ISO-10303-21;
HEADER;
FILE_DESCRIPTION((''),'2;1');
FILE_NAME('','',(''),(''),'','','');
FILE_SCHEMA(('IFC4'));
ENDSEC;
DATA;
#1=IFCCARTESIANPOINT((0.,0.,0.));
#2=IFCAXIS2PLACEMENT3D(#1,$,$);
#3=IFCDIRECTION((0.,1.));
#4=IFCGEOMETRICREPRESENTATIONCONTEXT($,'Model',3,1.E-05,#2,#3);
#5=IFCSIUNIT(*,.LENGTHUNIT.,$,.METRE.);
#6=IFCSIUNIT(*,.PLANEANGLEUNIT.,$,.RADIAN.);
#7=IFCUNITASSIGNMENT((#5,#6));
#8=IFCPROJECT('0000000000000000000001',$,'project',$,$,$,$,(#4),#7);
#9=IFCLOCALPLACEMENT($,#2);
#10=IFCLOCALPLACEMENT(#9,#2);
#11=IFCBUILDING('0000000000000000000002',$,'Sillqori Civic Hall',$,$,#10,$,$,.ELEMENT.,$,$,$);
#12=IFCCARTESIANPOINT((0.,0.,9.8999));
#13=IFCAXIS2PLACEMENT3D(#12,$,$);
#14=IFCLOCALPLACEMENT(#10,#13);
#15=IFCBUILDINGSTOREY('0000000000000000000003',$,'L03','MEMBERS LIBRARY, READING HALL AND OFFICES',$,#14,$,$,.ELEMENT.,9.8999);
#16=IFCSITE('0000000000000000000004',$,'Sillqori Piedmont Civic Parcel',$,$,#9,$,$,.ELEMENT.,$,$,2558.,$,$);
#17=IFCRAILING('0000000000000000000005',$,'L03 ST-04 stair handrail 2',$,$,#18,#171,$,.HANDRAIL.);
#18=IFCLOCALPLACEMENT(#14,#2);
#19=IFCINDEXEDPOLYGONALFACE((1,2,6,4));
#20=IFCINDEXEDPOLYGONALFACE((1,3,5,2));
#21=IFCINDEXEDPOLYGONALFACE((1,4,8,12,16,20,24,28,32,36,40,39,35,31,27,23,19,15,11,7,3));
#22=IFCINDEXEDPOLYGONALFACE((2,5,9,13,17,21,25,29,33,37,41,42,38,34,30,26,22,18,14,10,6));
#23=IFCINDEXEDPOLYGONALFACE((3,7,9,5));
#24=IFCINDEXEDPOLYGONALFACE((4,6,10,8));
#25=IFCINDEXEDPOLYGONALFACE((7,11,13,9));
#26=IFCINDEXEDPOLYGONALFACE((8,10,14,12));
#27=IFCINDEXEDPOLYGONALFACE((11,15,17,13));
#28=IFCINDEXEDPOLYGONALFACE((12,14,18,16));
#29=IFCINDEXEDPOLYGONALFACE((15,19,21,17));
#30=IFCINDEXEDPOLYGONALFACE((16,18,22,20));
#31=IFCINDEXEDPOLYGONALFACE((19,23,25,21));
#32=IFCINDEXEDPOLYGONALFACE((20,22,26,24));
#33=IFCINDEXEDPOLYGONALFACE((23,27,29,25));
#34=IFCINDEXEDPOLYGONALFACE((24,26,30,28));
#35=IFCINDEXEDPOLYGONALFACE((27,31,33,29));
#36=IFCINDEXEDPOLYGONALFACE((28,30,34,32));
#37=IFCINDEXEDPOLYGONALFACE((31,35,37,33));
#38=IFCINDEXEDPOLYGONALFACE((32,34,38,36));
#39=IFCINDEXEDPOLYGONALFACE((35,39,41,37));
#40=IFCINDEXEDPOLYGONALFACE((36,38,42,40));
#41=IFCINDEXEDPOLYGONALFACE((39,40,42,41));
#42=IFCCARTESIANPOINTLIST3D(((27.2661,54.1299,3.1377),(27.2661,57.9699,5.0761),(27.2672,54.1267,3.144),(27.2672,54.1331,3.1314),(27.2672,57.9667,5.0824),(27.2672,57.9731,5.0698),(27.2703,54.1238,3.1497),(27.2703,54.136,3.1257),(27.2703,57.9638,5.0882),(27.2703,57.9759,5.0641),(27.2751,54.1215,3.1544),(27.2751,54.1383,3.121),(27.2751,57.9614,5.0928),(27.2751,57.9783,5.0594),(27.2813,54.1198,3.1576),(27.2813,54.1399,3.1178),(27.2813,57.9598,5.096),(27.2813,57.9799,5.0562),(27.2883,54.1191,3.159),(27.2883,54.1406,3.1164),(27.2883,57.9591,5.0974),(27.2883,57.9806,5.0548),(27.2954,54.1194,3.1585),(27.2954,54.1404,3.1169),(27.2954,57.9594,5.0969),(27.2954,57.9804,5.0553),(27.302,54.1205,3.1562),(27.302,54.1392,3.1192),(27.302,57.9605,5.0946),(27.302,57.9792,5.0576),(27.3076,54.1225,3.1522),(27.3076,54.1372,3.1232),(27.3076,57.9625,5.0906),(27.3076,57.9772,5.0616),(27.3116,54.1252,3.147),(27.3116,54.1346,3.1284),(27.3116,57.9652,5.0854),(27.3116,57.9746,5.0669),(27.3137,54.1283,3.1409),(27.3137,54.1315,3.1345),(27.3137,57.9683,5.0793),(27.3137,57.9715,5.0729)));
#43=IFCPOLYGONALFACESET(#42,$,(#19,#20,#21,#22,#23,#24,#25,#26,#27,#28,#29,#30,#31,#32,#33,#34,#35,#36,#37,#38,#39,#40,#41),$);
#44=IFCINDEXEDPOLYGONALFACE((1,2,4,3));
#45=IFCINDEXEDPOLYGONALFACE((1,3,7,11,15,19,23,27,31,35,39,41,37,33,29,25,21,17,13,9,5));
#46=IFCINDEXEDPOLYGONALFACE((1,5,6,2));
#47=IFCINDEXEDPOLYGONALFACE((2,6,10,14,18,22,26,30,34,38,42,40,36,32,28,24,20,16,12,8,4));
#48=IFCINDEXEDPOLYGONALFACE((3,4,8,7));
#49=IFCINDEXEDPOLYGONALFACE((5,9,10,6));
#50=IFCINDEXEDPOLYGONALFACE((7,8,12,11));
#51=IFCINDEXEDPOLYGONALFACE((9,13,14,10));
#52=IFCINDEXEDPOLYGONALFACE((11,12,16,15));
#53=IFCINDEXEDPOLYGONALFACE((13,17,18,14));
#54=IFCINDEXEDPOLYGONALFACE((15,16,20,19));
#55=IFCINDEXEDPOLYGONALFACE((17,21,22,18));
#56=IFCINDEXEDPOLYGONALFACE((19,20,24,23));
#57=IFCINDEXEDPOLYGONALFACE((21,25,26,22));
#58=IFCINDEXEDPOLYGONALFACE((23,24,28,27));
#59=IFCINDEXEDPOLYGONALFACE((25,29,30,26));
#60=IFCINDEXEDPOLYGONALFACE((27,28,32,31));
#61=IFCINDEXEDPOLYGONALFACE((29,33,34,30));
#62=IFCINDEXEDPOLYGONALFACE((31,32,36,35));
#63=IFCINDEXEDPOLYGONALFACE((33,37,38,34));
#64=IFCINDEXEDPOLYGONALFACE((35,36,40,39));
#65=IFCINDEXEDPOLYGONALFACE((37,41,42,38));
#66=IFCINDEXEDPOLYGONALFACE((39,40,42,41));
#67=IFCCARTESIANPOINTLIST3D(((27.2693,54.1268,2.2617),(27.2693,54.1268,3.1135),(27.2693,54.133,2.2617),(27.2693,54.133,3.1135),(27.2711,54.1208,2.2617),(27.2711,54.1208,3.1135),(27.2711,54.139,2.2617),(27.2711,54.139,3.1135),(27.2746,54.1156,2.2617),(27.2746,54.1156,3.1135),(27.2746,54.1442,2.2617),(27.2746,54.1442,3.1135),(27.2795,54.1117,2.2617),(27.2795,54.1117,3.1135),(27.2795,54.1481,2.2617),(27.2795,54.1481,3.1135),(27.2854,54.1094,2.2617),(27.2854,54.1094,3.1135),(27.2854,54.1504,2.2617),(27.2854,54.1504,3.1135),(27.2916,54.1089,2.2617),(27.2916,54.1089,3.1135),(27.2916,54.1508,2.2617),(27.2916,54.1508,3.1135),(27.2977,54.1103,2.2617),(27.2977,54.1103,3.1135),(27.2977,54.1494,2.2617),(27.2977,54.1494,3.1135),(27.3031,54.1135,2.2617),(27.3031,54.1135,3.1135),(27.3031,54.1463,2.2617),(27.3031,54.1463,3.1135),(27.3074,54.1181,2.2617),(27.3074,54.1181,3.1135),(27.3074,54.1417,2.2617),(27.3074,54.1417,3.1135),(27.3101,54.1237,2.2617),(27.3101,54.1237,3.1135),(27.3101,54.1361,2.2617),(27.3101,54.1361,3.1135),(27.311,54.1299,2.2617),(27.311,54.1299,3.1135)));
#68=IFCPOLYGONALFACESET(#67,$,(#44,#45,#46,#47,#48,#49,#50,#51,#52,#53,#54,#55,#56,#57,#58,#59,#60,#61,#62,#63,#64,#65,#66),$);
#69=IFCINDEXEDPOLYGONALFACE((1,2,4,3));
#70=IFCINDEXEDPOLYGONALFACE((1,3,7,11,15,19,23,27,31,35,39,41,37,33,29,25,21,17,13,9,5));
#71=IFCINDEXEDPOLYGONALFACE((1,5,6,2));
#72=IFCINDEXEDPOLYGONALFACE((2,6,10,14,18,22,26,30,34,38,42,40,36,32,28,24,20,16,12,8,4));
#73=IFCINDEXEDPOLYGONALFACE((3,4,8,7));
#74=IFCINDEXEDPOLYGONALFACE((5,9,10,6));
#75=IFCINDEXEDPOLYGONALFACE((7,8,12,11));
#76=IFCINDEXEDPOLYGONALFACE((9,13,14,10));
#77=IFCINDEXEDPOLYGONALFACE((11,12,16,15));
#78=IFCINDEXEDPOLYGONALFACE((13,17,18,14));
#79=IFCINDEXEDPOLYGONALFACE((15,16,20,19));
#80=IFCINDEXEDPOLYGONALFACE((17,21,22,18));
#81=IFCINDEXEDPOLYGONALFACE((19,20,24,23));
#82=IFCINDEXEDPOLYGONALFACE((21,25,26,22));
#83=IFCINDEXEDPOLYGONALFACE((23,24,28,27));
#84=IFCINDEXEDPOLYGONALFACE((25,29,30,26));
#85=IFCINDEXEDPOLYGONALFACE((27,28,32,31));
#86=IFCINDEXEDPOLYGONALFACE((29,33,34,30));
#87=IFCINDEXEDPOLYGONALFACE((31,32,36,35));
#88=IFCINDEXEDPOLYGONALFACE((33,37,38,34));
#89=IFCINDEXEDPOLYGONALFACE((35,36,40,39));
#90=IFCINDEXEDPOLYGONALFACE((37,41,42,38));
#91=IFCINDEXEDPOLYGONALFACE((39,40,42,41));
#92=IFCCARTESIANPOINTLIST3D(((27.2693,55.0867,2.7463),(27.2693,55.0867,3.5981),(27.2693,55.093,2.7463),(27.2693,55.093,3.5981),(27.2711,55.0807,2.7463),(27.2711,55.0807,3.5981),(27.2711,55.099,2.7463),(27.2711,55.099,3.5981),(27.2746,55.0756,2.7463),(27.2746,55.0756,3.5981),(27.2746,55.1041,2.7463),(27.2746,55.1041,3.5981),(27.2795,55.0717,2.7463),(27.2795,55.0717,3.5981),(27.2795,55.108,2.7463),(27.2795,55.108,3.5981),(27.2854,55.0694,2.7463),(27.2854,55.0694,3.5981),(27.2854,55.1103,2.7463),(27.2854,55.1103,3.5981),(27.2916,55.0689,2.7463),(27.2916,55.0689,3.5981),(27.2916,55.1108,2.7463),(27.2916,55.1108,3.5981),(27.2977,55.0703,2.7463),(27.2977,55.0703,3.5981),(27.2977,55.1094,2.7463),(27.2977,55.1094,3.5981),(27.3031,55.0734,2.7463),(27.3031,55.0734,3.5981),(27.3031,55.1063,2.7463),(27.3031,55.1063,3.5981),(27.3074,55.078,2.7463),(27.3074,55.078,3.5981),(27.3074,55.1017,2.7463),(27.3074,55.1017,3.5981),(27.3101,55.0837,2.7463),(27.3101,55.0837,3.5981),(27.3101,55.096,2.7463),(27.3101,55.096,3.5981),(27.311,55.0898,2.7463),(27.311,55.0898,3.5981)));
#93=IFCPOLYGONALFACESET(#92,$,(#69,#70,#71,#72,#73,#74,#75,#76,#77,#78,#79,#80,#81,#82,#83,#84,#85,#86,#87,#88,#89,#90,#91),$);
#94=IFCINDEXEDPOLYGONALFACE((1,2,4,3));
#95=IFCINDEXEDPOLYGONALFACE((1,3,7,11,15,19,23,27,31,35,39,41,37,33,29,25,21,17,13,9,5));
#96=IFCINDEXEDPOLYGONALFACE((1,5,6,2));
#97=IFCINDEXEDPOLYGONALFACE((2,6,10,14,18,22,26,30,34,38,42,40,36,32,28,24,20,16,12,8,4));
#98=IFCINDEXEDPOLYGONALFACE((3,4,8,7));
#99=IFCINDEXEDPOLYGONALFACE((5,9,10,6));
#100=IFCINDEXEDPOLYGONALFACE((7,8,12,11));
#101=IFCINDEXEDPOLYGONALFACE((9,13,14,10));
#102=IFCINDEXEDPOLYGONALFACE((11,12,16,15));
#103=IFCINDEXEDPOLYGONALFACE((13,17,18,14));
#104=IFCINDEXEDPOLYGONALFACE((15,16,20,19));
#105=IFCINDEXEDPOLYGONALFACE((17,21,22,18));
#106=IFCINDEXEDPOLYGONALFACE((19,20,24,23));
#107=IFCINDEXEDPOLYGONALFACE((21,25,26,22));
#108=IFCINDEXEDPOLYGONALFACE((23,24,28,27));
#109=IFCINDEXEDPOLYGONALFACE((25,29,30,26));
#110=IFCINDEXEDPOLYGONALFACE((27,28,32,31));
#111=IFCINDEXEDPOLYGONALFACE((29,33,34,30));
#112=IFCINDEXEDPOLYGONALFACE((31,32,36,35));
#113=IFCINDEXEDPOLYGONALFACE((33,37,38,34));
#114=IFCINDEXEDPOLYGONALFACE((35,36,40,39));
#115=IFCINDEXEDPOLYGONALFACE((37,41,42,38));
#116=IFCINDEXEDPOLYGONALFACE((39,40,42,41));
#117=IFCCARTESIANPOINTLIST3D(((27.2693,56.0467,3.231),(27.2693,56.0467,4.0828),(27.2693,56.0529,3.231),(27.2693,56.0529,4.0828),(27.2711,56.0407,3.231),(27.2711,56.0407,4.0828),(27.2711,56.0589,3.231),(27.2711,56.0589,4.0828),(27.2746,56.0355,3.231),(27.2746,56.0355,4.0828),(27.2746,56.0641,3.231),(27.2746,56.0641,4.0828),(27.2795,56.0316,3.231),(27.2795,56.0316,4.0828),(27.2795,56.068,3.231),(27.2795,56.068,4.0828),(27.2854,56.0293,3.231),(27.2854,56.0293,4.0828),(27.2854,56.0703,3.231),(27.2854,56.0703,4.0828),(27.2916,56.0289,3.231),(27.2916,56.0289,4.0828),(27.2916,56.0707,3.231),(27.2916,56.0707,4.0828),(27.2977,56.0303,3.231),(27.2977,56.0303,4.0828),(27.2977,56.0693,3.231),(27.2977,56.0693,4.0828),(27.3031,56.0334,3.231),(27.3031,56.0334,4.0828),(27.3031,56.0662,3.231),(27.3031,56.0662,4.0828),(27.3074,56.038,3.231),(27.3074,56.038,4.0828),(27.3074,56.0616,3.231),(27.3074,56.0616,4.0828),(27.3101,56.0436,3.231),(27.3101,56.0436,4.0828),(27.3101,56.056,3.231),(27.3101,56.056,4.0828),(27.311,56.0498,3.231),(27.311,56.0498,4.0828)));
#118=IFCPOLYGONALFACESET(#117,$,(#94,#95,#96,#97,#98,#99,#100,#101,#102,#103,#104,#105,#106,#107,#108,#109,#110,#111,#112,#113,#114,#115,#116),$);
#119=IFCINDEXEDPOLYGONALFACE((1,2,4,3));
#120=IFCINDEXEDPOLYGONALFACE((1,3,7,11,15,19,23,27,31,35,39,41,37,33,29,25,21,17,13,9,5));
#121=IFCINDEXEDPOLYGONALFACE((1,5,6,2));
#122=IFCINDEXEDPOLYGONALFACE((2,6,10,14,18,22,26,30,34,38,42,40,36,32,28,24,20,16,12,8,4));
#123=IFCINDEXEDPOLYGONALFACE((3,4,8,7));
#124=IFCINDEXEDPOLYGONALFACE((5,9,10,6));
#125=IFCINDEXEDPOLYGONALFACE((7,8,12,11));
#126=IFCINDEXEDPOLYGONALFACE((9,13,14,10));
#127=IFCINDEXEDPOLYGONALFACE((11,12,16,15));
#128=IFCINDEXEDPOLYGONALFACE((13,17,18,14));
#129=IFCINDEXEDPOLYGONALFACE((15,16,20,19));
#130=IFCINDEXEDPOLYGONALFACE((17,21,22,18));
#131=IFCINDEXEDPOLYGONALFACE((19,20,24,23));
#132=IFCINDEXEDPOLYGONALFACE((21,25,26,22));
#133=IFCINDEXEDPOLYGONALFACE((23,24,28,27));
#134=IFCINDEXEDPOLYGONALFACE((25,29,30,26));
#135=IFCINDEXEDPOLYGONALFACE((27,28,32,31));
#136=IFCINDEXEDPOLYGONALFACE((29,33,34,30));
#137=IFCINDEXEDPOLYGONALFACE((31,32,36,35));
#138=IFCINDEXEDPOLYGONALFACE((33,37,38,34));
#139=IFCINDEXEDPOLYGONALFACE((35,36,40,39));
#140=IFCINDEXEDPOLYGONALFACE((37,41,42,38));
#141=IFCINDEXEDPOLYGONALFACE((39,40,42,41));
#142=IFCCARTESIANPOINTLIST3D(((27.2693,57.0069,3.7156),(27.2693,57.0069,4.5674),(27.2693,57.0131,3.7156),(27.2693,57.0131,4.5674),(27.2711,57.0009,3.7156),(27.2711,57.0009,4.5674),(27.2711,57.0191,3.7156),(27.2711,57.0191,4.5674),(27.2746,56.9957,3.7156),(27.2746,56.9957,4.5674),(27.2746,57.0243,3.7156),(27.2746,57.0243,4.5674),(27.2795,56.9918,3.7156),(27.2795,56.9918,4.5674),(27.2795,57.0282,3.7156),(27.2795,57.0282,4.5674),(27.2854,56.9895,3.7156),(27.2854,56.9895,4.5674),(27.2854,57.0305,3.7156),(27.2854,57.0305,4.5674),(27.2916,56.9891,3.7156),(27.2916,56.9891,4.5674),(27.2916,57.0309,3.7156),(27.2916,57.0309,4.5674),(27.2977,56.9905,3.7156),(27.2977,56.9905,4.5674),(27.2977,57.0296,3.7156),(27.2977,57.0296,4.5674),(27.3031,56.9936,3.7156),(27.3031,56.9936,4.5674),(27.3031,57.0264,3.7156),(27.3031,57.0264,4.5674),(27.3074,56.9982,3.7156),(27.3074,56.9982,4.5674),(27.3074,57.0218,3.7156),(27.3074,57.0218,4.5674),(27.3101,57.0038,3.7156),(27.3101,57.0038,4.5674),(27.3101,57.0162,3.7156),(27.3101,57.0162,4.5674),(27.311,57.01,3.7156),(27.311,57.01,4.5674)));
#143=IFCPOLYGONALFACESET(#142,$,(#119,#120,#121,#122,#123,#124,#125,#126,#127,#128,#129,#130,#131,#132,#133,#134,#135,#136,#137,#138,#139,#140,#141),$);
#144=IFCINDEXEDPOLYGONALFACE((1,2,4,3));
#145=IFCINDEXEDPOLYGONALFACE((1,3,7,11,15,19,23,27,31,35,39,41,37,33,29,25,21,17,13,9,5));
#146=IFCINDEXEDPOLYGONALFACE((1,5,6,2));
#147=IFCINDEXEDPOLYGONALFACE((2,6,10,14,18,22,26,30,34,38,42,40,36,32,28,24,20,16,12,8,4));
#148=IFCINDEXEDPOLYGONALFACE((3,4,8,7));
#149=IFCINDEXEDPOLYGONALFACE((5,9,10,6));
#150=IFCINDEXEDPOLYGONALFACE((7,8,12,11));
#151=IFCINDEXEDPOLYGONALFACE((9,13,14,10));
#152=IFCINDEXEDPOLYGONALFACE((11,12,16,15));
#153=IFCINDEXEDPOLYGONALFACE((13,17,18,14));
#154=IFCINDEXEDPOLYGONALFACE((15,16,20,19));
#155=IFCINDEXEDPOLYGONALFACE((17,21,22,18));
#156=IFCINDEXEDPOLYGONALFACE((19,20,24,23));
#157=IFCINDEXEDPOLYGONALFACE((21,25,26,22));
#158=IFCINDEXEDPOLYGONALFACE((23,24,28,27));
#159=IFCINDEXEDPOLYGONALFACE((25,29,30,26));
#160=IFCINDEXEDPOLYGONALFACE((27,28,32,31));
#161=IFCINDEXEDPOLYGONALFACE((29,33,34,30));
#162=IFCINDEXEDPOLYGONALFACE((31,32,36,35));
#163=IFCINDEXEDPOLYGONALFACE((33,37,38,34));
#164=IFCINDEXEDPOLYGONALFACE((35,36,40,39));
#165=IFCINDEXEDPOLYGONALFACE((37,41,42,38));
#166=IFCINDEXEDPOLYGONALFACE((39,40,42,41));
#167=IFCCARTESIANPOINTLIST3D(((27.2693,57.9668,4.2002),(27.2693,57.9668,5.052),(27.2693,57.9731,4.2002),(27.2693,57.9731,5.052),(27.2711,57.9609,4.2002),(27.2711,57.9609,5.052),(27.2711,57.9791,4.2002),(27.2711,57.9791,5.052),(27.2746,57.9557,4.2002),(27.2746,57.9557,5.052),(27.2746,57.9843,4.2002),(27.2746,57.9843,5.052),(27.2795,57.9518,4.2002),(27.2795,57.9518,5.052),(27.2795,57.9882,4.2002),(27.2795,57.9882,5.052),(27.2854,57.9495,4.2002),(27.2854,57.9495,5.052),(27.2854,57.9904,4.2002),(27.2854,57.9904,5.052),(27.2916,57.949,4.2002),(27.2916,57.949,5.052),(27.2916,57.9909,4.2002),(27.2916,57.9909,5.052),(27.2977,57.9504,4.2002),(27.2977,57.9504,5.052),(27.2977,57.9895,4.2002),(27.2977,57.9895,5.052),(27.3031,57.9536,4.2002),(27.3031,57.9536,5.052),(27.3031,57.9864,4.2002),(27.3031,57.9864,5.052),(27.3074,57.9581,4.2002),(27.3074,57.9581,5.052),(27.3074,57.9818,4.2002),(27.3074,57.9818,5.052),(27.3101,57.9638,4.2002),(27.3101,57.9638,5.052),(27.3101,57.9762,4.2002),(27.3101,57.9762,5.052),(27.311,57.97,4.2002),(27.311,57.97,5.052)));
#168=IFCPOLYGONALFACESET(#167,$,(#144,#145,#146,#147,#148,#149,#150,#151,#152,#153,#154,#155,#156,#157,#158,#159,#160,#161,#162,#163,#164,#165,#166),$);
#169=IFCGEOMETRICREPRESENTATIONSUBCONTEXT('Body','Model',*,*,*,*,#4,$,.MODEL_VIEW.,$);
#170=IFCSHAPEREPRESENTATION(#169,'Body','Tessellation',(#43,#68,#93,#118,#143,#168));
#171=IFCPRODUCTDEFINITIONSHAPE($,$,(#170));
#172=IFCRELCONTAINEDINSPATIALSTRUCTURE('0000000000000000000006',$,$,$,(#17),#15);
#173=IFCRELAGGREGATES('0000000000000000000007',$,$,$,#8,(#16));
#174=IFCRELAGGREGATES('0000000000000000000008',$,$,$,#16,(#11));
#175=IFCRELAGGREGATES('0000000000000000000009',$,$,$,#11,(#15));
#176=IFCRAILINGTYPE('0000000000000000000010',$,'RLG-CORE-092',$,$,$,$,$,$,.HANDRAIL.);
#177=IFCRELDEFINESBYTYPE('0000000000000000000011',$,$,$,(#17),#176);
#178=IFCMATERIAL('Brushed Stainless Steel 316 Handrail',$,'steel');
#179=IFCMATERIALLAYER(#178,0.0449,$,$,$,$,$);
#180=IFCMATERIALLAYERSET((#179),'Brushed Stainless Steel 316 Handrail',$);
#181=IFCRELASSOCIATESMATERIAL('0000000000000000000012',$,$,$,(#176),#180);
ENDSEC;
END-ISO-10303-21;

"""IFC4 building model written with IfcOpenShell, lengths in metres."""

from ifc_helpers import new_model, si_unit, direction, frame, origin, origin_2d, place, context, subcontext, project, spatial, circle, extrude, material, layer, layer_set, type_object, element, save


model = new_model("IFC4")

# Units and contexts
model_context = context("Model", 3, precision=1e-05, world=origin(), true_north=direction((0.0, 1.0)))
body_context = subcontext(model_context, "Body", "Model", "MODEL_VIEW")
ifc_project = project(units=[si_unit("LENGTHUNIT", "METRE"), si_unit("PLANEANGLEUNIT", "RADIAN")], contexts=[model_context])

# Site, building, storey
site_placement = place(None, origin())
site = spatial("IfcSite", under=ifc_project, at=site_placement, Name="Sillqori Piedmont Civic Parcel", CompositionType="ELEMENT", RefElevation=2558.0)
building_placement = place(site_placement, origin())
building = spatial("IfcBuilding", under=site, at=building_placement, Name="Sillqori Civic Hall", CompositionType="ELEMENT")
storey_placement = place(building_placement, frame((0.0, 0.0, 9.8999)))
storey = spatial("IfcBuildingStorey", under=building, at=storey_placement, Name="L03", Description="MEMBERS LIBRARY, READING HALL AND OFFICES", CompositionType="ELEMENT", Elevation=9.8999)

# Railing
ifc_material_1 = material(Name="Brushed Stainless Steel 316 Handrail", Category="steel")
ifc_layer_1 = layer(ifc_material_1, 0.0449)
ifc_layer_set_1 = layer_set([ifc_layer_1], Name="Brushed Stainless Steel 316 Handrail")
railing_type_1 = type_object("IfcRailingType", Name="RLG-CORE-092", PredefinedType="HANDRAIL", material=ifc_layer_set_1)
railing_1_placement = place(storey_placement, frame((27.29, 54.1299, 2.2617)))
element("IfcRailing", 1, at=railing_1_placement, inside=storey, type_object=railing_type_1, Name="L03 ST-04 stair handrail 2", PredefinedType="HANDRAIL", context=body_context, shape_type="SweptSolid", body=[
    extrude(circle(Radius=0.0239, at=origin_2d()), frame((0.0, 0.0, 0.876), z_axis=(0.0, 0.892707, 0.450638), x_axis=(-1.0, 0.0, 0.0)), (0.0, 0.0, 1.0), 4.3015),
    extrude(circle(Radius=0.021, at=origin_2d()), origin(), (0.0, 0.0, 1.0), 0.8518),
    extrude(circle(Radius=0.021, at=origin_2d()), frame((0.0, 0.96, 0.4846)), (0.0, 0.0, 1.0), 0.8518),
    extrude(circle(Radius=0.021, at=origin_2d()), frame((0.0, 1.9199, 0.9692)), (0.0, 0.0, 1.0), 0.8518),
    extrude(circle(Radius=0.021, at=origin_2d()), frame((0.0, 2.8801, 1.4539)), (0.0, 0.0, 1.0), 0.8518),
    extrude(circle(Radius=0.021, at=origin_2d()), frame((0.0, 3.8401, 1.9385)), (0.0, 0.0, 1.0), 0.8518),
])

save(model, "model.ifc")
